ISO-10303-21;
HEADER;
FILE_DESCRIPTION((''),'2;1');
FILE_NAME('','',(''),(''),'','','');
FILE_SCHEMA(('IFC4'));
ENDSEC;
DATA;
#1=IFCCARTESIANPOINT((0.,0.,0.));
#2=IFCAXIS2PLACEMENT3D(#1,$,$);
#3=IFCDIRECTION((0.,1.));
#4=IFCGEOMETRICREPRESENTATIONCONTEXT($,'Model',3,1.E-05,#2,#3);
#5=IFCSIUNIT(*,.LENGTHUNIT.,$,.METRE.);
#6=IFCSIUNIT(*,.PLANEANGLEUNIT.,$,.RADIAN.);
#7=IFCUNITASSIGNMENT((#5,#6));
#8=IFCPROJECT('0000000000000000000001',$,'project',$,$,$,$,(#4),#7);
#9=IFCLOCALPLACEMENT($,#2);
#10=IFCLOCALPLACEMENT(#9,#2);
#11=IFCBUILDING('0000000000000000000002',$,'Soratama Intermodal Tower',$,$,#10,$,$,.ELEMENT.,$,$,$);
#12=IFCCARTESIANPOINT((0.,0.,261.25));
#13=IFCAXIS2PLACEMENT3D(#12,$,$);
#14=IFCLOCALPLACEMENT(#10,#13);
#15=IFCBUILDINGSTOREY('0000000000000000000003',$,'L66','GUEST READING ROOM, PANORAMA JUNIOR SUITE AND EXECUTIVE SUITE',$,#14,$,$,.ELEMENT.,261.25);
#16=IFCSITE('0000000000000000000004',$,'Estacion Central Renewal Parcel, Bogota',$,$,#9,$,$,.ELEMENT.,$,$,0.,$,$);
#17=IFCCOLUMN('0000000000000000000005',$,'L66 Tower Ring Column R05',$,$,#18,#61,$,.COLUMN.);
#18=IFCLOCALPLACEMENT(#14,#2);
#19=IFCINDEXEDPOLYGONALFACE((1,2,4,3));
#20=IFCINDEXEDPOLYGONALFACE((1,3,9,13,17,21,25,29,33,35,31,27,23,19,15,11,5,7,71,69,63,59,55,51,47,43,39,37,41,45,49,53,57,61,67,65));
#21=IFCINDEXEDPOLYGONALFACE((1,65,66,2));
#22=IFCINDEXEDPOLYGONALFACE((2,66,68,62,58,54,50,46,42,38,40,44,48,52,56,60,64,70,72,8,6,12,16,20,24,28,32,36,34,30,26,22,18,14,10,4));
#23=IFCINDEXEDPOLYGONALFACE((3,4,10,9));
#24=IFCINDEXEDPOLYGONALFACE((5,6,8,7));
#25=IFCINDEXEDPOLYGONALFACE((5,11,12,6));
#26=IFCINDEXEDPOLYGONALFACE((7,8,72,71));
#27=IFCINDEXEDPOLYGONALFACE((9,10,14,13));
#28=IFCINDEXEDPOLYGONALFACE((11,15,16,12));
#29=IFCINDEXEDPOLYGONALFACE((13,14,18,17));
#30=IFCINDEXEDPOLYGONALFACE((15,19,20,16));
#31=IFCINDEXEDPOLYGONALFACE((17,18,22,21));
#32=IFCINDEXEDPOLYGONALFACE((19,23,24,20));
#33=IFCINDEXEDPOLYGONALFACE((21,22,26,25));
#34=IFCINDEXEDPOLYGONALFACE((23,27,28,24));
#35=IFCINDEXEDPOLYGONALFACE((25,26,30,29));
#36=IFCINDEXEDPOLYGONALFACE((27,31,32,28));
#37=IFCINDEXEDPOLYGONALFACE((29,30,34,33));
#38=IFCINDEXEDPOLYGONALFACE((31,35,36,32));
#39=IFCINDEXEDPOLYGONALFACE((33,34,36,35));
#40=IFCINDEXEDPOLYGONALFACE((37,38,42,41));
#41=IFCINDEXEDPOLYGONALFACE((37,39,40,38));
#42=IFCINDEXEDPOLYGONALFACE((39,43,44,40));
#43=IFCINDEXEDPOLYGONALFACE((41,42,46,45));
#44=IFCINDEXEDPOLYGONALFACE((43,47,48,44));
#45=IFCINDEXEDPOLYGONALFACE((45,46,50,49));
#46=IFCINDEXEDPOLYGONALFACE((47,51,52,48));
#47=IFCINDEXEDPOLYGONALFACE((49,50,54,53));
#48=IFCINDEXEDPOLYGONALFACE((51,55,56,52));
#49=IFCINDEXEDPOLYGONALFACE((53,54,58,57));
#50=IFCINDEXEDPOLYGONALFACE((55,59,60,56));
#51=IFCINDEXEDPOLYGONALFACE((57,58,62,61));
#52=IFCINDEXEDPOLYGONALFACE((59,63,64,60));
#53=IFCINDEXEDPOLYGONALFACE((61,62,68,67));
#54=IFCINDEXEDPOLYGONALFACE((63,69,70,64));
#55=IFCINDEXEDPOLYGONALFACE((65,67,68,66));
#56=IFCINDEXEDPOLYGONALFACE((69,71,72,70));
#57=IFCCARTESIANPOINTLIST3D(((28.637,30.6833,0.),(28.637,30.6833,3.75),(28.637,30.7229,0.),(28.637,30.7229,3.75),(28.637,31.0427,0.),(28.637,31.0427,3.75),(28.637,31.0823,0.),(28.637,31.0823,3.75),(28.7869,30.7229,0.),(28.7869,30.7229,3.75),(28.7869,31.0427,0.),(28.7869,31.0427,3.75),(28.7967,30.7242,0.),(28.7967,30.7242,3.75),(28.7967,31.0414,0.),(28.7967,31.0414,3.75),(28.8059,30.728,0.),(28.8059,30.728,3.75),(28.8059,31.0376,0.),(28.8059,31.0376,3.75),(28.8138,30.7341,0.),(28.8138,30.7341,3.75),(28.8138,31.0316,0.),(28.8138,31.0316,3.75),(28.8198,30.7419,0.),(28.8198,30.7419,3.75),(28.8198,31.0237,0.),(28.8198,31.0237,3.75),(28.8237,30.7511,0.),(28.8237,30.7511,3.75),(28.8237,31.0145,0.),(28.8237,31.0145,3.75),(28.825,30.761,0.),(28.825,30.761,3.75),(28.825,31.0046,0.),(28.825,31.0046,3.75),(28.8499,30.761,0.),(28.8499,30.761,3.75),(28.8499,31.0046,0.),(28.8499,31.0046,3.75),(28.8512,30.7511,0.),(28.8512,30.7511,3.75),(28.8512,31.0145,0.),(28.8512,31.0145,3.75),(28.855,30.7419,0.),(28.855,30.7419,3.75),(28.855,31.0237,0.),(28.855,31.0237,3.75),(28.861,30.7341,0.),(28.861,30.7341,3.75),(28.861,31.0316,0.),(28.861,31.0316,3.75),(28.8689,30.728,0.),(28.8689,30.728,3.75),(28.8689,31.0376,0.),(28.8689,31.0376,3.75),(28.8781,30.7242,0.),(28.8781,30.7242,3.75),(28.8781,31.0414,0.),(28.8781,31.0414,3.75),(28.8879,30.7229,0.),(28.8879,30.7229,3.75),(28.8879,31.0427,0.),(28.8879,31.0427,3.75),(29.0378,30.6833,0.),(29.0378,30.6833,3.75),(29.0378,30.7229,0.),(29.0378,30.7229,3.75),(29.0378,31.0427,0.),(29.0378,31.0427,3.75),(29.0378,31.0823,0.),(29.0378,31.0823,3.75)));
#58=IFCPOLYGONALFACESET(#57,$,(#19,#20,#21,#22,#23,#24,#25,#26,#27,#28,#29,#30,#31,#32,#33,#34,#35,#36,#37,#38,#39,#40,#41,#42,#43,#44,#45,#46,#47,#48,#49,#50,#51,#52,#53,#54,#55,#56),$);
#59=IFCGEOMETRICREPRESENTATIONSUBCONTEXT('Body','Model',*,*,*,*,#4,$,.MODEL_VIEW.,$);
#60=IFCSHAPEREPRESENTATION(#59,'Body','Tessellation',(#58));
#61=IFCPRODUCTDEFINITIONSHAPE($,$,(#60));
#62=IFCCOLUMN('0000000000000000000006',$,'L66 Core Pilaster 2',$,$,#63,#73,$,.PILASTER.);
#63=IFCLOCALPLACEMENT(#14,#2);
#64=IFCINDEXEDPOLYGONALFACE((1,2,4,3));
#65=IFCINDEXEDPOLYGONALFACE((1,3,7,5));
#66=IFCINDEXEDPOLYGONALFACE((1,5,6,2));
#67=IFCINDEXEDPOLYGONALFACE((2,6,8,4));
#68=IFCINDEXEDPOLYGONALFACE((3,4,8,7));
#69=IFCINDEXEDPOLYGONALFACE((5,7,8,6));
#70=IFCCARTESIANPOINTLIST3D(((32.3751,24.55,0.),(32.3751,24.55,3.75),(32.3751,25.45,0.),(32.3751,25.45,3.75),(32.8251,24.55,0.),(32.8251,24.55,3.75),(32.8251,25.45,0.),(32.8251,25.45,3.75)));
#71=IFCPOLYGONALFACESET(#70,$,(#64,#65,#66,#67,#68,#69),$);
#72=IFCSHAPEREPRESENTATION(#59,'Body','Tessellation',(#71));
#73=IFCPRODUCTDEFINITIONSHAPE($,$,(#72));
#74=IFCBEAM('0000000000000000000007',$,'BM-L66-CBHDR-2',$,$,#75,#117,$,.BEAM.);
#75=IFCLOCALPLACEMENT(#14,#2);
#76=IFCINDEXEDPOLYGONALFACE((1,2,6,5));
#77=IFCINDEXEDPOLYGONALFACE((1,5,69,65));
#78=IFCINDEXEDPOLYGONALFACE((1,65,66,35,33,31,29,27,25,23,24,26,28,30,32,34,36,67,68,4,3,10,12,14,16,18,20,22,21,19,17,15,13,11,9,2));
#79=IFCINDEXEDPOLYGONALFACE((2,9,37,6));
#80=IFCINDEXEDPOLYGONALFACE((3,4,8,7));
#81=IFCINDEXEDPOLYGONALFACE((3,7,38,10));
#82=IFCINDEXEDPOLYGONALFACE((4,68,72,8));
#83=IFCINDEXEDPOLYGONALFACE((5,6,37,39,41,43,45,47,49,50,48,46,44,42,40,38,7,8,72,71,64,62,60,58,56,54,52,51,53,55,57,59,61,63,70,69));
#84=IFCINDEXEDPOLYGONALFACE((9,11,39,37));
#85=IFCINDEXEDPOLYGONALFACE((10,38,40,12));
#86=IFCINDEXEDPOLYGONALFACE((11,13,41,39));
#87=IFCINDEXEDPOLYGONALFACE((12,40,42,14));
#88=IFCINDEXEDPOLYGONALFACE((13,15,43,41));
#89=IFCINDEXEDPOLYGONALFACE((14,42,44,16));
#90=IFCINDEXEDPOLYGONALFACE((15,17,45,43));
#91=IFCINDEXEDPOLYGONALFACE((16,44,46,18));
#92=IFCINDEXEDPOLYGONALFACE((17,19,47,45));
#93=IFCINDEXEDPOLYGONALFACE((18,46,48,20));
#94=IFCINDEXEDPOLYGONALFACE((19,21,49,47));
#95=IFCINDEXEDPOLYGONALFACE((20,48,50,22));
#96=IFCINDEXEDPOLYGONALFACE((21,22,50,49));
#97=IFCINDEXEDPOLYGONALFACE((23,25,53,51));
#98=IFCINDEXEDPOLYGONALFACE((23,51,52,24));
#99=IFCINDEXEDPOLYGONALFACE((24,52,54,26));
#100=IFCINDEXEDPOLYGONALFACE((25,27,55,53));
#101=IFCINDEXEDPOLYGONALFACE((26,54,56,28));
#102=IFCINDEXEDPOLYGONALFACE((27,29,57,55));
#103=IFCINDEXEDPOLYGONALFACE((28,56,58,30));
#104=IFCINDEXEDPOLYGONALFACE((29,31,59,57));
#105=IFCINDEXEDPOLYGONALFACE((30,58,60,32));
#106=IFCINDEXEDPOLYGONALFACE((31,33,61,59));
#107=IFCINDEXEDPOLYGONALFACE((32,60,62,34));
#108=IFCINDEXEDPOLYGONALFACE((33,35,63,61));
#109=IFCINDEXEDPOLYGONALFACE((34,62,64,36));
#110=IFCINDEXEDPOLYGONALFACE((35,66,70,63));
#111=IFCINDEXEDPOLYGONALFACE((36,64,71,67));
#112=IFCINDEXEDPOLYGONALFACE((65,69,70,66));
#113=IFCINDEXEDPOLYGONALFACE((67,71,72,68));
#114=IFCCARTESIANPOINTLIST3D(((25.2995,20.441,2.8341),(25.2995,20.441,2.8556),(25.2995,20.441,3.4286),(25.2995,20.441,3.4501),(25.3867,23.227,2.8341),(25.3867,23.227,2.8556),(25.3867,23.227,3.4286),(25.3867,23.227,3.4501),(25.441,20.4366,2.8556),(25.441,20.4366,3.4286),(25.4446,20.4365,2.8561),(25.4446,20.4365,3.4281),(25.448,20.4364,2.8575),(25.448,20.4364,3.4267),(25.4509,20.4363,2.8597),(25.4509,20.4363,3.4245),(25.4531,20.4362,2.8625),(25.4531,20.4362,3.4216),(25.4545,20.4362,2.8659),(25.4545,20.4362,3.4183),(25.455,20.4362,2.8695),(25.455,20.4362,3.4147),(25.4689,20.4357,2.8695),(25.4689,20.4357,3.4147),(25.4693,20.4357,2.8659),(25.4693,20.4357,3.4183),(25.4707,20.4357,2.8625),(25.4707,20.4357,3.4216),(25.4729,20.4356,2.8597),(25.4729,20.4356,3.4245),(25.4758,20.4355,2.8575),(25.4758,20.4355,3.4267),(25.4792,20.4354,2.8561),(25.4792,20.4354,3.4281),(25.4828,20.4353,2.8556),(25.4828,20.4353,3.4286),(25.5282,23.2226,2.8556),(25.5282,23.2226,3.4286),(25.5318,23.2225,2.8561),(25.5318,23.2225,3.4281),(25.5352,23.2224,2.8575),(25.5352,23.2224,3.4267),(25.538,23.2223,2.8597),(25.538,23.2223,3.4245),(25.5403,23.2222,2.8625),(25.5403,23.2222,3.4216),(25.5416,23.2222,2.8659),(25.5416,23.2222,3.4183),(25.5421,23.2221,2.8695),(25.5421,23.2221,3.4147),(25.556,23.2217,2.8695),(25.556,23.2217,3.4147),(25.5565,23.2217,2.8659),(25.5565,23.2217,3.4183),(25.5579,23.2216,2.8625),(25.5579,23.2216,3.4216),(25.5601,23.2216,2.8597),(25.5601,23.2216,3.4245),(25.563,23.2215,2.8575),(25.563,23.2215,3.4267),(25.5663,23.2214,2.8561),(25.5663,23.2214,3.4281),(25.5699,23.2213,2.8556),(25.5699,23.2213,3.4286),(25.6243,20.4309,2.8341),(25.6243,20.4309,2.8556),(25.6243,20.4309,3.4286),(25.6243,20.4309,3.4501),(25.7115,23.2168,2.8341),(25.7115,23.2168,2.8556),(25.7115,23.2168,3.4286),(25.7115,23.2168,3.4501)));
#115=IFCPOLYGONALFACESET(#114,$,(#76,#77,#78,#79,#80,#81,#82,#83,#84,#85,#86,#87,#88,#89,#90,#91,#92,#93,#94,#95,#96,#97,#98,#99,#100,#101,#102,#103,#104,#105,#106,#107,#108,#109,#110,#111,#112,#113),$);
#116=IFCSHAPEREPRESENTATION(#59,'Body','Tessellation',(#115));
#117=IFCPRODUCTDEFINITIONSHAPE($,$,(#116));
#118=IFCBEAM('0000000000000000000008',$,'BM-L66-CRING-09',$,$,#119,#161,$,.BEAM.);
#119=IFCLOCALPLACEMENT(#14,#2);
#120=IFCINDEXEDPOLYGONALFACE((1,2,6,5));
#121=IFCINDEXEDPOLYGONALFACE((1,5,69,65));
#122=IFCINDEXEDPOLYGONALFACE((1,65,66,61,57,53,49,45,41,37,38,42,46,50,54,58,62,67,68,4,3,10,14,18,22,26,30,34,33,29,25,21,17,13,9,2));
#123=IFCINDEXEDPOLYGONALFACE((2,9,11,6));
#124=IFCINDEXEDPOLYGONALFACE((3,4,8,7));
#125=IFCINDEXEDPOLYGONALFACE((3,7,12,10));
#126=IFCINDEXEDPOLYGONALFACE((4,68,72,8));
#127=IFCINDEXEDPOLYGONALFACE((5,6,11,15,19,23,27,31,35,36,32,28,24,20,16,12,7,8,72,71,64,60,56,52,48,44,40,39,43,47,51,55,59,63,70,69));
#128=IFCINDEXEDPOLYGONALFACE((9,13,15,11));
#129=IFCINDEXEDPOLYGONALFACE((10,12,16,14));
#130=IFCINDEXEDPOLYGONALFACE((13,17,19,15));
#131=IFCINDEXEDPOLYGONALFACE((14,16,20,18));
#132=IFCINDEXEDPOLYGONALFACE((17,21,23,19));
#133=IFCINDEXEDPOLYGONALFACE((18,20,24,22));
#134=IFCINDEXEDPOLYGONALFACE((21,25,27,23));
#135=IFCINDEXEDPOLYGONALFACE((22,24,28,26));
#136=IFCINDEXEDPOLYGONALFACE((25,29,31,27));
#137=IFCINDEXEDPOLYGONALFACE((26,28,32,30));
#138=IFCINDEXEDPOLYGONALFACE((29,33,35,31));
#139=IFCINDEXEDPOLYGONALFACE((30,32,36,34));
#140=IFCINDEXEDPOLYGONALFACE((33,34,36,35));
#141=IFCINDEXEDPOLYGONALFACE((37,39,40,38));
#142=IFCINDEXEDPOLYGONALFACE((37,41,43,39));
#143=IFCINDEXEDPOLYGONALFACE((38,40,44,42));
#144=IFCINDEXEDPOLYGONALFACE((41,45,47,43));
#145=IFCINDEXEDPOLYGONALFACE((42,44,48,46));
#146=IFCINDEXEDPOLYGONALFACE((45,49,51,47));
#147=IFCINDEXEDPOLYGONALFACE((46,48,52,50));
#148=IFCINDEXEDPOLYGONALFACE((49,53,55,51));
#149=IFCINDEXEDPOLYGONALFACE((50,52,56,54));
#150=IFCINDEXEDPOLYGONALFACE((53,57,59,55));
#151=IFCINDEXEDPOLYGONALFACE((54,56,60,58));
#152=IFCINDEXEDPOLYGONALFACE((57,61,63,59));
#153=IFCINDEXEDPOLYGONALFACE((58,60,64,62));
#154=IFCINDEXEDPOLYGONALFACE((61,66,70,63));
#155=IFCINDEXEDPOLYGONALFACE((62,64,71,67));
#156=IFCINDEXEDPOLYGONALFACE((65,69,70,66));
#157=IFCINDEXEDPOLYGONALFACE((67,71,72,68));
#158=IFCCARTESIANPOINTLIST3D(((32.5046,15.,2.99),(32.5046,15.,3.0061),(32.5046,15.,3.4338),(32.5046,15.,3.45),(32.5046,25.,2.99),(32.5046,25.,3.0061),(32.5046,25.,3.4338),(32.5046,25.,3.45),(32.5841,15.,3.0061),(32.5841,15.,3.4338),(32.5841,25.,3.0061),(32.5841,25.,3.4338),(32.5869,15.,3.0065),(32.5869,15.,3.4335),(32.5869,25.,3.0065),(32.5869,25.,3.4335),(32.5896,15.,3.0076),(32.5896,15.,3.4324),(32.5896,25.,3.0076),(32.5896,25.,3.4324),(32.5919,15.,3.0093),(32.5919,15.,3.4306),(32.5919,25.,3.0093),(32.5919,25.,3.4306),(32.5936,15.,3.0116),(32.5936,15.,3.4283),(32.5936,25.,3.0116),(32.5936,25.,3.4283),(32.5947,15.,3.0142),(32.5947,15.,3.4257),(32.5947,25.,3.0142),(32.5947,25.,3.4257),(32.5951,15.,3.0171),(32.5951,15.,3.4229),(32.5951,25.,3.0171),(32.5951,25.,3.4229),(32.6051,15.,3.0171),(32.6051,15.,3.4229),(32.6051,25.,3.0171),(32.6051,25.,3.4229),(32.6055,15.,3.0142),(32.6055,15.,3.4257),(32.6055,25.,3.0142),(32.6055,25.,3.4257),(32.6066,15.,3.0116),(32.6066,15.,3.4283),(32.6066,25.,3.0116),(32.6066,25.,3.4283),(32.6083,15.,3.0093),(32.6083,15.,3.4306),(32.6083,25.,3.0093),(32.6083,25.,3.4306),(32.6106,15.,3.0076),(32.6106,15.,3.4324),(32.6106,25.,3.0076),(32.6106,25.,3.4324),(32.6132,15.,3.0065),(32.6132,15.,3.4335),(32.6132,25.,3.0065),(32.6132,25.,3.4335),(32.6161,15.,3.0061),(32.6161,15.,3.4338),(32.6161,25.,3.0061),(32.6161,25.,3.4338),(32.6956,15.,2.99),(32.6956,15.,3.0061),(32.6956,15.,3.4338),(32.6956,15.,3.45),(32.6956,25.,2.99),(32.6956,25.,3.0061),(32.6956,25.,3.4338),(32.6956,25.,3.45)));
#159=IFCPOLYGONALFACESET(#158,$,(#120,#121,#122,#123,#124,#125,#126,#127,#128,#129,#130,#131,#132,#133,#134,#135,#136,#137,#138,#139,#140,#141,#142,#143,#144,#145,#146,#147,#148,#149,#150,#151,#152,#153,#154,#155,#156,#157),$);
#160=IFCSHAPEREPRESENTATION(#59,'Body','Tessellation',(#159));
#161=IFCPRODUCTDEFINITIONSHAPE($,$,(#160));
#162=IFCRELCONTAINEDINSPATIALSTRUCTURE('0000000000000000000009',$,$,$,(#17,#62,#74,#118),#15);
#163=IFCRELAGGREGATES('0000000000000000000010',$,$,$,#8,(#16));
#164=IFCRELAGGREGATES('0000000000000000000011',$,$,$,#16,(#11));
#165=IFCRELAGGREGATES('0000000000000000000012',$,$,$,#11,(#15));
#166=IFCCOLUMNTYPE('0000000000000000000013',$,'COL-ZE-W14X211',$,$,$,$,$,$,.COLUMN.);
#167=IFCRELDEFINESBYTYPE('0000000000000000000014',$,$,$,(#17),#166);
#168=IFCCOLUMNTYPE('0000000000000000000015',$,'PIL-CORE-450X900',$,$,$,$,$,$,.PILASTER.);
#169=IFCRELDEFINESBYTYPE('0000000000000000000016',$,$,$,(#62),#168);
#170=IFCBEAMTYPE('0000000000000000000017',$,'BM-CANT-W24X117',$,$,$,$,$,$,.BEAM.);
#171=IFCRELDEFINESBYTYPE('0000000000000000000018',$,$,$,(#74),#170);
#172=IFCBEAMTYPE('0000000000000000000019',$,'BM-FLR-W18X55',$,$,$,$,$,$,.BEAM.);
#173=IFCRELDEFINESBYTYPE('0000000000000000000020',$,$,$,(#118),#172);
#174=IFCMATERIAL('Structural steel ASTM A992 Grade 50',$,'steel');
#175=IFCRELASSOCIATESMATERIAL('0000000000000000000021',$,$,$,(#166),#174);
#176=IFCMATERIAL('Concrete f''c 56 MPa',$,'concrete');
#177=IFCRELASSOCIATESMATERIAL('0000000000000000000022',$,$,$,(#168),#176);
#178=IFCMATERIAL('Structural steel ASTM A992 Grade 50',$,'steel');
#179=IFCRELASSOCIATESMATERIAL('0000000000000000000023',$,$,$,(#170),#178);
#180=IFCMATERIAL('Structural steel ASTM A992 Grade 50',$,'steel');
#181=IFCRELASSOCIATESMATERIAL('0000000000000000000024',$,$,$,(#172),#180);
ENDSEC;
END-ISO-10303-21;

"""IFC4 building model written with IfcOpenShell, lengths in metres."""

from ifc_helpers import new_model, si_unit, direction, frame, origin, origin_2d, place, context, subcontext, project, spatial, rectangle, i_section, extrude, material, material_profile, profile_set, type_object, element, save


model = new_model("IFC4")

# Units and contexts
model_context = context("Model", 3, precision=1e-05, world=origin(), true_north=direction((0.0, 1.0)))
body_context = subcontext(model_context, "Body", "Model", "MODEL_VIEW")
ifc_project = project(units=[si_unit("LENGTHUNIT", "METRE"), si_unit("PLANEANGLEUNIT", "RADIAN")], contexts=[model_context])

# Site, building, storey
site_placement = place(None, origin())
site = spatial("IfcSite", under=ifc_project, at=site_placement, Name="Estacion Central Renewal Parcel, Bogota", CompositionType="ELEMENT", RefElevation=0.0)
building_placement = place(site_placement, origin())
building = spatial("IfcBuilding", under=site, at=building_placement, Name="Soratama Intermodal Tower", CompositionType="ELEMENT")
storey_placement = place(building_placement, frame((0.0, 0.0, 261.25)))
storey = spatial("IfcBuildingStorey", under=building, at=storey_placement, Name="L66", Description="GUEST READING ROOM, PANORAMA JUNIOR SUITE AND EXECUTIVE SUITE", CompositionType="ELEMENT", Elevation=261.25)

# Columns
ifc_material_1 = material(Name="Structural steel ASTM A992 Grade 50", Category="steel")
ifc_material_profile_1 = material_profile(ifc_material_1, i_section(OverallWidth=0.4009, OverallDepth=0.3989, WebThickness=0.0249, FlangeThickness=0.0396, FilletRadius=0.0381, at=origin_2d()), Name="W14X211")
ifc_profile_set_1 = profile_set([ifc_material_profile_1], Name="Structural steel ASTM A992 Grade 50")
column_type_1 = type_object("IfcColumnType", Name="COL-ZE-W14X211", PredefinedType="COLUMN", material=ifc_profile_set_1)
column_1_placement = place(storey_placement, frame((28.8374, 30.8828, 0.0), z_axis=(0.0, 0.0, 1.0), x_axis=(1.0, 0.0, 0.0)))
element("IfcColumn", 1, at=column_1_placement, inside=storey, type_object=column_type_1, Name="L66 Tower Ring Column R05", PredefinedType="COLUMN", context=body_context, shape_type="SweptSolid", body=[
    extrude(i_section(OverallWidth=0.4009, OverallDepth=0.3989, WebThickness=0.0249, FlangeThickness=0.0396, FilletRadius=0.0381, at=origin_2d()), origin(), (0.0, 0.0, 1.0), 3.75),
])
ifc_material_2 = material(Name="Concrete f'c 56 MPa", Category="concrete")
ifc_material_profile_2 = material_profile(ifc_material_2, rectangle(XDim=0.45, YDim=0.8999, at=origin_2d()), Name="RC450X900")
ifc_profile_set_2 = profile_set([ifc_material_profile_2], Name="Concrete f'c 56 MPa")
column_type_2 = type_object("IfcColumnType", Name="PIL-CORE-450X900", PredefinedType="PILASTER", material=ifc_profile_set_2)
column_2_placement = place(storey_placement, frame((32.6001, 25.0, 0.0), z_axis=(0.0, 0.0, 1.0), x_axis=(1.0, 0.0, 0.0)))
element("IfcColumn", 2, at=column_2_placement, inside=storey, type_object=column_type_2, Name="L66 Core Pilaster 2", PredefinedType="PILASTER", context=body_context, shape_type="SweptSolid", body=[
    extrude(rectangle(XDim=0.45, YDim=0.8999, at=origin_2d()), origin(), (0.0, 0.0, 1.0), 3.75),
])

# Beams
ifc_material_3 = material(Name="Structural steel ASTM A992 Grade 50", Category="steel")
ifc_material_profile_3 = material_profile(ifc_material_3, i_section(OverallWidth=0.325, OverallDepth=0.616, WebThickness=0.0139, FlangeThickness=0.0215, FilletRadius=0.0139, at=origin_2d()), Name="W24X117")
ifc_profile_set_3 = profile_set([ifc_material_profile_3], Name="Structural steel ASTM A992 Grade 50")
beam_type_1 = type_object("IfcBeamType", Name="BM-CANT-W24X117", PredefinedType="BEAM", material=ifc_profile_set_3)
beam_1_placement = place(storey_placement, frame((25.5491, 23.2219, 3.1421), z_axis=(-0.03127, -0.999511, 0.0), x_axis=(0.999511, -0.03127, 0.0)))
element("IfcBeam", 3, at=beam_1_placement, inside=storey, type_object=beam_type_1, Name="BM-L66-CBHDR-2", PredefinedType="BEAM", context=body_context, shape_type="SweptSolid", body=[
    extrude(i_section(OverallWidth=0.325, OverallDepth=0.616, WebThickness=0.0139, FlangeThickness=0.0215, FilletRadius=0.0139, at=origin_2d()), origin(), (0.0, 0.0, 1.0), 2.7874),
])
ifc_material_4 = material(Name="Structural steel ASTM A992 Grade 50", Category="steel")
ifc_material_profile_4 = material_profile(ifc_material_4, i_section(OverallWidth=0.1909, OverallDepth=0.46, WebThickness=0.01, FlangeThickness=0.0161, FilletRadius=0.011, at=origin_2d()), Name="W18X55")
ifc_profile_set_4 = profile_set([ifc_material_profile_4], Name="Structural steel ASTM A992 Grade 50")
beam_type_2 = type_object("IfcBeamType", Name="BM-FLR-W18X55", PredefinedType="BEAM", material=ifc_profile_set_4)
beam_2_placement = place(storey_placement, frame((32.6001, 25.0, 3.22), z_axis=(0.0, -1.0, 0.0), x_axis=(1.0, 0.0, 0.0)))
element("IfcBeam", 4, at=beam_2_placement, inside=storey, type_object=beam_type_2, Name="BM-L66-CRING-09", PredefinedType="BEAM", context=body_context, shape_type="SweptSolid", body=[
    extrude(i_section(OverallWidth=0.1909, OverallDepth=0.46, WebThickness=0.01, FlangeThickness=0.0161, FilletRadius=0.011, at=origin_2d()), origin(), (0.0, 0.0, 1.0), 10.0),
])

save(model, "model.ifc")
